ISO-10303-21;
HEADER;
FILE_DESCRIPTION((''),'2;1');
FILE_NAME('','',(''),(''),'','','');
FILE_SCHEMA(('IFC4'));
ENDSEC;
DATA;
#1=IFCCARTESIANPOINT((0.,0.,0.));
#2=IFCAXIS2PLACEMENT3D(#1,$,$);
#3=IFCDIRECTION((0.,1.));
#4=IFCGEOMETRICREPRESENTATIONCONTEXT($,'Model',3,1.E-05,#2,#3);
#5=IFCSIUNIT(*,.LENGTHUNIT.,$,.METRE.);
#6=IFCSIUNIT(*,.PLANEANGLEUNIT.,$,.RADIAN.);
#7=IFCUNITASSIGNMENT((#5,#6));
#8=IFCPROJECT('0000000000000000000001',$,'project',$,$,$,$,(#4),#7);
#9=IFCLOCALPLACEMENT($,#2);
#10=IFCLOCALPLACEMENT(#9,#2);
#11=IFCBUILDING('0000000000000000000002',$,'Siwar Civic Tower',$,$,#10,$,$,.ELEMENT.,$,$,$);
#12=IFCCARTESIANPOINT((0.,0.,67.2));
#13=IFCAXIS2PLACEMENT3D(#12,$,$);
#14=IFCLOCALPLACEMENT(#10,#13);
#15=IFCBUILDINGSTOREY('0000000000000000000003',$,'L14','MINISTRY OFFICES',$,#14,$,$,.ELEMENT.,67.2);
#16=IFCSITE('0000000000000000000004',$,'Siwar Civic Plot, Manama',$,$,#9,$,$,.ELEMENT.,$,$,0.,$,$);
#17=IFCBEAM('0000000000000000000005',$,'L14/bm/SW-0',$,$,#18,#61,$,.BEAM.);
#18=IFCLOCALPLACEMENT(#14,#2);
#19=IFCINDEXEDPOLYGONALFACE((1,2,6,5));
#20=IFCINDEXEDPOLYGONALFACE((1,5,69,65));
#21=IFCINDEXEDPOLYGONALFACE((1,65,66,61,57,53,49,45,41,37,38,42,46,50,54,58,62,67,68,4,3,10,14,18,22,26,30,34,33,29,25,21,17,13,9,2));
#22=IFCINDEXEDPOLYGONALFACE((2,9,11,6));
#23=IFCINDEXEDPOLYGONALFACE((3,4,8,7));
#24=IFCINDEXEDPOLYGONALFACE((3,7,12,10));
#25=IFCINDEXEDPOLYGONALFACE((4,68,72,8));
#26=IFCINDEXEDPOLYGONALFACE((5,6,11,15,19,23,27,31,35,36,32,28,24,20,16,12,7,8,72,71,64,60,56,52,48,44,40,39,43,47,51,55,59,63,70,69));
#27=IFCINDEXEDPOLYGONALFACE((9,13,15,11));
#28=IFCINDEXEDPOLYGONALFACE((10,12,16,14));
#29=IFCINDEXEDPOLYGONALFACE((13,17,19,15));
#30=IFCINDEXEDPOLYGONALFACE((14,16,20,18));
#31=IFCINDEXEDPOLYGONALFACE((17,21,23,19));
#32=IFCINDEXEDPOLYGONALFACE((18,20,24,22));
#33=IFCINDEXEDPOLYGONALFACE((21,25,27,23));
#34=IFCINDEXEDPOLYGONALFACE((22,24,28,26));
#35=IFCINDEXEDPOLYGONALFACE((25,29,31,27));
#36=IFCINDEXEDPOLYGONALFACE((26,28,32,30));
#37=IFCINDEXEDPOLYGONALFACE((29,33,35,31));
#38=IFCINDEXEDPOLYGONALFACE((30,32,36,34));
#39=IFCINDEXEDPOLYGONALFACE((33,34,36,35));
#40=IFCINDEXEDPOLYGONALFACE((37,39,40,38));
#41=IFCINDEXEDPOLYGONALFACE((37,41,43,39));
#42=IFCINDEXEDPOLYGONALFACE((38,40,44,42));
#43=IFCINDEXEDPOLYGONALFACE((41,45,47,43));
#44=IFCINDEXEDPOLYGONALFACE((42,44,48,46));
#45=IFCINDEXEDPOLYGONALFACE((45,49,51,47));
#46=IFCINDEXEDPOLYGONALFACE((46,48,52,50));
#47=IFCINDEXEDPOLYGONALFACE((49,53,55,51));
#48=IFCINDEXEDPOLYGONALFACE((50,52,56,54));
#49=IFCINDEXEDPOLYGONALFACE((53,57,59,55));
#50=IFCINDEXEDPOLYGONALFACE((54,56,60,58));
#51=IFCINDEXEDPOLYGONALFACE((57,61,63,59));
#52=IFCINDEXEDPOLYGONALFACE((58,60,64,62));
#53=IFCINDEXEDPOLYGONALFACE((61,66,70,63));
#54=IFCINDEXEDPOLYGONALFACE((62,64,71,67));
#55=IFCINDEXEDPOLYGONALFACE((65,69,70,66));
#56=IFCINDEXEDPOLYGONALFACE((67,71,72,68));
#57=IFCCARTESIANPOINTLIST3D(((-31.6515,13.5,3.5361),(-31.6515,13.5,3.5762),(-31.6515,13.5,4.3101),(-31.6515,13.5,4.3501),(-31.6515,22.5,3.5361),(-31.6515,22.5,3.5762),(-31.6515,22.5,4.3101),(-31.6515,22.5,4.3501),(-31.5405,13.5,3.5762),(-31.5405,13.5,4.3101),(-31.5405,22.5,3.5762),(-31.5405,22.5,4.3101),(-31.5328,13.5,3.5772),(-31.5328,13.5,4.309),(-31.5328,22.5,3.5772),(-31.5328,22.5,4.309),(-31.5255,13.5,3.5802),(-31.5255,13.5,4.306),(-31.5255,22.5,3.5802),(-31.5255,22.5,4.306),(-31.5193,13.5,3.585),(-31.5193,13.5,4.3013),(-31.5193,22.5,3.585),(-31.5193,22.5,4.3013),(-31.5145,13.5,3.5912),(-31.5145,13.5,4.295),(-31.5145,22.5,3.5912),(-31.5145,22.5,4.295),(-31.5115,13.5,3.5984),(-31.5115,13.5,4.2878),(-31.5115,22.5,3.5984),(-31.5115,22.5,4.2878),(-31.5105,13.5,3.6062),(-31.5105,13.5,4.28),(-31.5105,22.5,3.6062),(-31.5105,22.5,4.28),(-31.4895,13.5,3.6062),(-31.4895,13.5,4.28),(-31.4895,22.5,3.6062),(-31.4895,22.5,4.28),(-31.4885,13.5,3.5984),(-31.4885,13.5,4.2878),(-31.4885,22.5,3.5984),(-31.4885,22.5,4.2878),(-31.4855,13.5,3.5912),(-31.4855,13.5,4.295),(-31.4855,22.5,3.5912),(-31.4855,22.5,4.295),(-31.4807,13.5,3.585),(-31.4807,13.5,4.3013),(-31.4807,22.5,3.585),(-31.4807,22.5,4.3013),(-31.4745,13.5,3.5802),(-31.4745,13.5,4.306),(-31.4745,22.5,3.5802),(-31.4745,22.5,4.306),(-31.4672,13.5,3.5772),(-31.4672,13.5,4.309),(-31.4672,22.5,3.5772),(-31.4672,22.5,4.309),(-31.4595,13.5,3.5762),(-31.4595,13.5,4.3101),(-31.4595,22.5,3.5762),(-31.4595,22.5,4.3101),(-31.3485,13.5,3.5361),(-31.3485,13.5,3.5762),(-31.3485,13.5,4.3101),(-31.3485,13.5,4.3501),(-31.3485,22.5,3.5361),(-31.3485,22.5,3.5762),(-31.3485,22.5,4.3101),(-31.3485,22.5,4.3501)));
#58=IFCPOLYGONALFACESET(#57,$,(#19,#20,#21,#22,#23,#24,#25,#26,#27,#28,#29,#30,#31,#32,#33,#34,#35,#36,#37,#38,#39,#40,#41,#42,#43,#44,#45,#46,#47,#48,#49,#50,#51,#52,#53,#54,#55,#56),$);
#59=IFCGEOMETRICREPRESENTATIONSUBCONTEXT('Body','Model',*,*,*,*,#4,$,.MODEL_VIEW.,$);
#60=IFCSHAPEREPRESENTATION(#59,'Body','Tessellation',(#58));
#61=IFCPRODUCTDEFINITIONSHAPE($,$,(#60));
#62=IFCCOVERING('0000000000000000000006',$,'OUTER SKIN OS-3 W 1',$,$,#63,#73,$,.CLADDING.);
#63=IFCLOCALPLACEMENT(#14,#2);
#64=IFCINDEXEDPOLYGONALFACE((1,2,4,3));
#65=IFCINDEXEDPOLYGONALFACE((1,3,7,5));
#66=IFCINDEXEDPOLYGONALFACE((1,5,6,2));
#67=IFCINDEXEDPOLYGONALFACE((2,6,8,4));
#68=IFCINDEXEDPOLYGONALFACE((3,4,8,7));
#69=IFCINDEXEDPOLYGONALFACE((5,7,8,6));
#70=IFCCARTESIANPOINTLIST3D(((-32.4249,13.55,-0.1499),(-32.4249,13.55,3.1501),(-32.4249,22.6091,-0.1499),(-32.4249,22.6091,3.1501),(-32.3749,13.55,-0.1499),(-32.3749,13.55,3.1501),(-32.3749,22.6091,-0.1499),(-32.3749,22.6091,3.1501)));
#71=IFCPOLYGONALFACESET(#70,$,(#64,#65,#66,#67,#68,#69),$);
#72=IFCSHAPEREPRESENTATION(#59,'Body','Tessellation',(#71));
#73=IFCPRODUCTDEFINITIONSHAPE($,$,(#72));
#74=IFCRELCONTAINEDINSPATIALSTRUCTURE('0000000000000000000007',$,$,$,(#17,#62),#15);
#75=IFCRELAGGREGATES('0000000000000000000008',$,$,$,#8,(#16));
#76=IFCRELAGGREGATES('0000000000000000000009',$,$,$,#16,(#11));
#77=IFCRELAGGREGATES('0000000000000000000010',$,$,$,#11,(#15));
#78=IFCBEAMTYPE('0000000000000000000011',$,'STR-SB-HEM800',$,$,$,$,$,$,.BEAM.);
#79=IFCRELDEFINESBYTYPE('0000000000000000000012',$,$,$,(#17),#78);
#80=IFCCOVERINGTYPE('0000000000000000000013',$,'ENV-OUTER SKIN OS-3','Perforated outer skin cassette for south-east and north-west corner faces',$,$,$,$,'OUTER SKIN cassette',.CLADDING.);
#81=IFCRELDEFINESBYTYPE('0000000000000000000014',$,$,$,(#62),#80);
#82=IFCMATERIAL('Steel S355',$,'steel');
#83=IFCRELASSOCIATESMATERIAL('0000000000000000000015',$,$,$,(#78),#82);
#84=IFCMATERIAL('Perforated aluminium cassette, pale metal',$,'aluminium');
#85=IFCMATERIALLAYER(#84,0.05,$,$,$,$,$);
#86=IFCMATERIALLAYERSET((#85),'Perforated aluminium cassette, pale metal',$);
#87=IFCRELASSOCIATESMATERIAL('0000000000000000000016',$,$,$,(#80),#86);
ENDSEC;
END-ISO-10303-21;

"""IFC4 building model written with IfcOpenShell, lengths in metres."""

from ifc_helpers import new_model, si_unit, direction, frame, origin, origin_2d, place, context, subcontext, project, spatial, rectangle, i_section, extrude, material, layer, layer_set, material_profile, profile_set, type_object, element, save


model = new_model("IFC4")

# Units and contexts
model_context = context("Model", 3, precision=1e-05, world=origin(), true_north=direction((0.0, 1.0)))
body_context = subcontext(model_context, "Body", "Model", "MODEL_VIEW")
ifc_project = project(units=[si_unit("LENGTHUNIT", "METRE"), si_unit("PLANEANGLEUNIT", "RADIAN")], contexts=[model_context])

# Site, building, storey
site_placement = place(None, origin())
site = spatial("IfcSite", under=ifc_project, at=site_placement, Name="Siwar Civic Plot, Manama", CompositionType="ELEMENT", RefElevation=0.0)
building_placement = place(site_placement, origin())
building = spatial("IfcBuilding", under=site, at=building_placement, Name="Siwar Civic Tower", CompositionType="ELEMENT")
storey_placement = place(building_placement, frame((0.0, 0.0, 67.2)))
storey = spatial("IfcBuildingStorey", under=building, at=storey_placement, Name="L14", Description="MINISTRY OFFICES", CompositionType="ELEMENT", Elevation=67.2)

# Beam
ifc_material_1 = material(Name="Steel S355", Category="steel")
ifc_material_profile_1 = material_profile(ifc_material_1, i_section(OverallWidth=0.303, OverallDepth=0.814, WebThickness=0.021, FlangeThickness=0.04, FilletRadius=0.03, at=origin_2d()), Name="HEM800")
ifc_profile_set_1 = profile_set([ifc_material_profile_1], Name="Steel S355")
beam_type_1 = type_object("IfcBeamType", Name="STR-SB-HEM800", PredefinedType="BEAM", material=ifc_profile_set_1)
beam_1_placement = place(storey_placement, frame((-31.5, 22.5, 3.9431), z_axis=(0.0, -1.0, 0.0), x_axis=(1.0, 0.0, 0.0)))
element("IfcBeam", 1, at=beam_1_placement, inside=storey, type_object=beam_type_1, Name="L14/bm/SW-0", PredefinedType="BEAM", context=body_context, shape_type="SweptSolid", body=[
    extrude(i_section(OverallWidth=0.303, OverallDepth=0.814, WebThickness=0.021, FlangeThickness=0.04, FilletRadius=0.03, at=origin_2d()), origin(), (0.0, 0.0, 1.0), 9.0),
])

# Covering
ifc_material_2 = material(Name="Perforated aluminium cassette, pale metal", Category="aluminium")
ifc_layer_1 = layer(ifc_material_2, 0.05)
ifc_layer_set_1 = layer_set([ifc_layer_1], Name="Perforated aluminium cassette, pale metal")
covering_type = type_object("IfcCoveringType", Name="ENV-OUTER SKIN OS-3", Description="Perforated outer skin cassette for south-east and north-west corner faces", ElementType="OUTER SKIN cassette", PredefinedType="CLADDING", material=ifc_layer_set_1)
covering_placement = place(storey_placement, frame((-32.3999, 18.0796, -0.1499), z_axis=(0.0, 0.0, 1.0), x_axis=(0.0, -1.0, 0.0)))
element("IfcCovering", 2, at=covering_placement, inside=storey, type_object=covering_type, Name="OUTER SKIN OS-3 W 1", PredefinedType="CLADDING", context=body_context, shape_type="SweptSolid", body=[
    extrude(rectangle(XDim=9.0591, YDim=0.05, at=origin_2d()), origin(), (0.0, 0.0, 1.0), 3.3),
])

save(model, "model.ifc")
